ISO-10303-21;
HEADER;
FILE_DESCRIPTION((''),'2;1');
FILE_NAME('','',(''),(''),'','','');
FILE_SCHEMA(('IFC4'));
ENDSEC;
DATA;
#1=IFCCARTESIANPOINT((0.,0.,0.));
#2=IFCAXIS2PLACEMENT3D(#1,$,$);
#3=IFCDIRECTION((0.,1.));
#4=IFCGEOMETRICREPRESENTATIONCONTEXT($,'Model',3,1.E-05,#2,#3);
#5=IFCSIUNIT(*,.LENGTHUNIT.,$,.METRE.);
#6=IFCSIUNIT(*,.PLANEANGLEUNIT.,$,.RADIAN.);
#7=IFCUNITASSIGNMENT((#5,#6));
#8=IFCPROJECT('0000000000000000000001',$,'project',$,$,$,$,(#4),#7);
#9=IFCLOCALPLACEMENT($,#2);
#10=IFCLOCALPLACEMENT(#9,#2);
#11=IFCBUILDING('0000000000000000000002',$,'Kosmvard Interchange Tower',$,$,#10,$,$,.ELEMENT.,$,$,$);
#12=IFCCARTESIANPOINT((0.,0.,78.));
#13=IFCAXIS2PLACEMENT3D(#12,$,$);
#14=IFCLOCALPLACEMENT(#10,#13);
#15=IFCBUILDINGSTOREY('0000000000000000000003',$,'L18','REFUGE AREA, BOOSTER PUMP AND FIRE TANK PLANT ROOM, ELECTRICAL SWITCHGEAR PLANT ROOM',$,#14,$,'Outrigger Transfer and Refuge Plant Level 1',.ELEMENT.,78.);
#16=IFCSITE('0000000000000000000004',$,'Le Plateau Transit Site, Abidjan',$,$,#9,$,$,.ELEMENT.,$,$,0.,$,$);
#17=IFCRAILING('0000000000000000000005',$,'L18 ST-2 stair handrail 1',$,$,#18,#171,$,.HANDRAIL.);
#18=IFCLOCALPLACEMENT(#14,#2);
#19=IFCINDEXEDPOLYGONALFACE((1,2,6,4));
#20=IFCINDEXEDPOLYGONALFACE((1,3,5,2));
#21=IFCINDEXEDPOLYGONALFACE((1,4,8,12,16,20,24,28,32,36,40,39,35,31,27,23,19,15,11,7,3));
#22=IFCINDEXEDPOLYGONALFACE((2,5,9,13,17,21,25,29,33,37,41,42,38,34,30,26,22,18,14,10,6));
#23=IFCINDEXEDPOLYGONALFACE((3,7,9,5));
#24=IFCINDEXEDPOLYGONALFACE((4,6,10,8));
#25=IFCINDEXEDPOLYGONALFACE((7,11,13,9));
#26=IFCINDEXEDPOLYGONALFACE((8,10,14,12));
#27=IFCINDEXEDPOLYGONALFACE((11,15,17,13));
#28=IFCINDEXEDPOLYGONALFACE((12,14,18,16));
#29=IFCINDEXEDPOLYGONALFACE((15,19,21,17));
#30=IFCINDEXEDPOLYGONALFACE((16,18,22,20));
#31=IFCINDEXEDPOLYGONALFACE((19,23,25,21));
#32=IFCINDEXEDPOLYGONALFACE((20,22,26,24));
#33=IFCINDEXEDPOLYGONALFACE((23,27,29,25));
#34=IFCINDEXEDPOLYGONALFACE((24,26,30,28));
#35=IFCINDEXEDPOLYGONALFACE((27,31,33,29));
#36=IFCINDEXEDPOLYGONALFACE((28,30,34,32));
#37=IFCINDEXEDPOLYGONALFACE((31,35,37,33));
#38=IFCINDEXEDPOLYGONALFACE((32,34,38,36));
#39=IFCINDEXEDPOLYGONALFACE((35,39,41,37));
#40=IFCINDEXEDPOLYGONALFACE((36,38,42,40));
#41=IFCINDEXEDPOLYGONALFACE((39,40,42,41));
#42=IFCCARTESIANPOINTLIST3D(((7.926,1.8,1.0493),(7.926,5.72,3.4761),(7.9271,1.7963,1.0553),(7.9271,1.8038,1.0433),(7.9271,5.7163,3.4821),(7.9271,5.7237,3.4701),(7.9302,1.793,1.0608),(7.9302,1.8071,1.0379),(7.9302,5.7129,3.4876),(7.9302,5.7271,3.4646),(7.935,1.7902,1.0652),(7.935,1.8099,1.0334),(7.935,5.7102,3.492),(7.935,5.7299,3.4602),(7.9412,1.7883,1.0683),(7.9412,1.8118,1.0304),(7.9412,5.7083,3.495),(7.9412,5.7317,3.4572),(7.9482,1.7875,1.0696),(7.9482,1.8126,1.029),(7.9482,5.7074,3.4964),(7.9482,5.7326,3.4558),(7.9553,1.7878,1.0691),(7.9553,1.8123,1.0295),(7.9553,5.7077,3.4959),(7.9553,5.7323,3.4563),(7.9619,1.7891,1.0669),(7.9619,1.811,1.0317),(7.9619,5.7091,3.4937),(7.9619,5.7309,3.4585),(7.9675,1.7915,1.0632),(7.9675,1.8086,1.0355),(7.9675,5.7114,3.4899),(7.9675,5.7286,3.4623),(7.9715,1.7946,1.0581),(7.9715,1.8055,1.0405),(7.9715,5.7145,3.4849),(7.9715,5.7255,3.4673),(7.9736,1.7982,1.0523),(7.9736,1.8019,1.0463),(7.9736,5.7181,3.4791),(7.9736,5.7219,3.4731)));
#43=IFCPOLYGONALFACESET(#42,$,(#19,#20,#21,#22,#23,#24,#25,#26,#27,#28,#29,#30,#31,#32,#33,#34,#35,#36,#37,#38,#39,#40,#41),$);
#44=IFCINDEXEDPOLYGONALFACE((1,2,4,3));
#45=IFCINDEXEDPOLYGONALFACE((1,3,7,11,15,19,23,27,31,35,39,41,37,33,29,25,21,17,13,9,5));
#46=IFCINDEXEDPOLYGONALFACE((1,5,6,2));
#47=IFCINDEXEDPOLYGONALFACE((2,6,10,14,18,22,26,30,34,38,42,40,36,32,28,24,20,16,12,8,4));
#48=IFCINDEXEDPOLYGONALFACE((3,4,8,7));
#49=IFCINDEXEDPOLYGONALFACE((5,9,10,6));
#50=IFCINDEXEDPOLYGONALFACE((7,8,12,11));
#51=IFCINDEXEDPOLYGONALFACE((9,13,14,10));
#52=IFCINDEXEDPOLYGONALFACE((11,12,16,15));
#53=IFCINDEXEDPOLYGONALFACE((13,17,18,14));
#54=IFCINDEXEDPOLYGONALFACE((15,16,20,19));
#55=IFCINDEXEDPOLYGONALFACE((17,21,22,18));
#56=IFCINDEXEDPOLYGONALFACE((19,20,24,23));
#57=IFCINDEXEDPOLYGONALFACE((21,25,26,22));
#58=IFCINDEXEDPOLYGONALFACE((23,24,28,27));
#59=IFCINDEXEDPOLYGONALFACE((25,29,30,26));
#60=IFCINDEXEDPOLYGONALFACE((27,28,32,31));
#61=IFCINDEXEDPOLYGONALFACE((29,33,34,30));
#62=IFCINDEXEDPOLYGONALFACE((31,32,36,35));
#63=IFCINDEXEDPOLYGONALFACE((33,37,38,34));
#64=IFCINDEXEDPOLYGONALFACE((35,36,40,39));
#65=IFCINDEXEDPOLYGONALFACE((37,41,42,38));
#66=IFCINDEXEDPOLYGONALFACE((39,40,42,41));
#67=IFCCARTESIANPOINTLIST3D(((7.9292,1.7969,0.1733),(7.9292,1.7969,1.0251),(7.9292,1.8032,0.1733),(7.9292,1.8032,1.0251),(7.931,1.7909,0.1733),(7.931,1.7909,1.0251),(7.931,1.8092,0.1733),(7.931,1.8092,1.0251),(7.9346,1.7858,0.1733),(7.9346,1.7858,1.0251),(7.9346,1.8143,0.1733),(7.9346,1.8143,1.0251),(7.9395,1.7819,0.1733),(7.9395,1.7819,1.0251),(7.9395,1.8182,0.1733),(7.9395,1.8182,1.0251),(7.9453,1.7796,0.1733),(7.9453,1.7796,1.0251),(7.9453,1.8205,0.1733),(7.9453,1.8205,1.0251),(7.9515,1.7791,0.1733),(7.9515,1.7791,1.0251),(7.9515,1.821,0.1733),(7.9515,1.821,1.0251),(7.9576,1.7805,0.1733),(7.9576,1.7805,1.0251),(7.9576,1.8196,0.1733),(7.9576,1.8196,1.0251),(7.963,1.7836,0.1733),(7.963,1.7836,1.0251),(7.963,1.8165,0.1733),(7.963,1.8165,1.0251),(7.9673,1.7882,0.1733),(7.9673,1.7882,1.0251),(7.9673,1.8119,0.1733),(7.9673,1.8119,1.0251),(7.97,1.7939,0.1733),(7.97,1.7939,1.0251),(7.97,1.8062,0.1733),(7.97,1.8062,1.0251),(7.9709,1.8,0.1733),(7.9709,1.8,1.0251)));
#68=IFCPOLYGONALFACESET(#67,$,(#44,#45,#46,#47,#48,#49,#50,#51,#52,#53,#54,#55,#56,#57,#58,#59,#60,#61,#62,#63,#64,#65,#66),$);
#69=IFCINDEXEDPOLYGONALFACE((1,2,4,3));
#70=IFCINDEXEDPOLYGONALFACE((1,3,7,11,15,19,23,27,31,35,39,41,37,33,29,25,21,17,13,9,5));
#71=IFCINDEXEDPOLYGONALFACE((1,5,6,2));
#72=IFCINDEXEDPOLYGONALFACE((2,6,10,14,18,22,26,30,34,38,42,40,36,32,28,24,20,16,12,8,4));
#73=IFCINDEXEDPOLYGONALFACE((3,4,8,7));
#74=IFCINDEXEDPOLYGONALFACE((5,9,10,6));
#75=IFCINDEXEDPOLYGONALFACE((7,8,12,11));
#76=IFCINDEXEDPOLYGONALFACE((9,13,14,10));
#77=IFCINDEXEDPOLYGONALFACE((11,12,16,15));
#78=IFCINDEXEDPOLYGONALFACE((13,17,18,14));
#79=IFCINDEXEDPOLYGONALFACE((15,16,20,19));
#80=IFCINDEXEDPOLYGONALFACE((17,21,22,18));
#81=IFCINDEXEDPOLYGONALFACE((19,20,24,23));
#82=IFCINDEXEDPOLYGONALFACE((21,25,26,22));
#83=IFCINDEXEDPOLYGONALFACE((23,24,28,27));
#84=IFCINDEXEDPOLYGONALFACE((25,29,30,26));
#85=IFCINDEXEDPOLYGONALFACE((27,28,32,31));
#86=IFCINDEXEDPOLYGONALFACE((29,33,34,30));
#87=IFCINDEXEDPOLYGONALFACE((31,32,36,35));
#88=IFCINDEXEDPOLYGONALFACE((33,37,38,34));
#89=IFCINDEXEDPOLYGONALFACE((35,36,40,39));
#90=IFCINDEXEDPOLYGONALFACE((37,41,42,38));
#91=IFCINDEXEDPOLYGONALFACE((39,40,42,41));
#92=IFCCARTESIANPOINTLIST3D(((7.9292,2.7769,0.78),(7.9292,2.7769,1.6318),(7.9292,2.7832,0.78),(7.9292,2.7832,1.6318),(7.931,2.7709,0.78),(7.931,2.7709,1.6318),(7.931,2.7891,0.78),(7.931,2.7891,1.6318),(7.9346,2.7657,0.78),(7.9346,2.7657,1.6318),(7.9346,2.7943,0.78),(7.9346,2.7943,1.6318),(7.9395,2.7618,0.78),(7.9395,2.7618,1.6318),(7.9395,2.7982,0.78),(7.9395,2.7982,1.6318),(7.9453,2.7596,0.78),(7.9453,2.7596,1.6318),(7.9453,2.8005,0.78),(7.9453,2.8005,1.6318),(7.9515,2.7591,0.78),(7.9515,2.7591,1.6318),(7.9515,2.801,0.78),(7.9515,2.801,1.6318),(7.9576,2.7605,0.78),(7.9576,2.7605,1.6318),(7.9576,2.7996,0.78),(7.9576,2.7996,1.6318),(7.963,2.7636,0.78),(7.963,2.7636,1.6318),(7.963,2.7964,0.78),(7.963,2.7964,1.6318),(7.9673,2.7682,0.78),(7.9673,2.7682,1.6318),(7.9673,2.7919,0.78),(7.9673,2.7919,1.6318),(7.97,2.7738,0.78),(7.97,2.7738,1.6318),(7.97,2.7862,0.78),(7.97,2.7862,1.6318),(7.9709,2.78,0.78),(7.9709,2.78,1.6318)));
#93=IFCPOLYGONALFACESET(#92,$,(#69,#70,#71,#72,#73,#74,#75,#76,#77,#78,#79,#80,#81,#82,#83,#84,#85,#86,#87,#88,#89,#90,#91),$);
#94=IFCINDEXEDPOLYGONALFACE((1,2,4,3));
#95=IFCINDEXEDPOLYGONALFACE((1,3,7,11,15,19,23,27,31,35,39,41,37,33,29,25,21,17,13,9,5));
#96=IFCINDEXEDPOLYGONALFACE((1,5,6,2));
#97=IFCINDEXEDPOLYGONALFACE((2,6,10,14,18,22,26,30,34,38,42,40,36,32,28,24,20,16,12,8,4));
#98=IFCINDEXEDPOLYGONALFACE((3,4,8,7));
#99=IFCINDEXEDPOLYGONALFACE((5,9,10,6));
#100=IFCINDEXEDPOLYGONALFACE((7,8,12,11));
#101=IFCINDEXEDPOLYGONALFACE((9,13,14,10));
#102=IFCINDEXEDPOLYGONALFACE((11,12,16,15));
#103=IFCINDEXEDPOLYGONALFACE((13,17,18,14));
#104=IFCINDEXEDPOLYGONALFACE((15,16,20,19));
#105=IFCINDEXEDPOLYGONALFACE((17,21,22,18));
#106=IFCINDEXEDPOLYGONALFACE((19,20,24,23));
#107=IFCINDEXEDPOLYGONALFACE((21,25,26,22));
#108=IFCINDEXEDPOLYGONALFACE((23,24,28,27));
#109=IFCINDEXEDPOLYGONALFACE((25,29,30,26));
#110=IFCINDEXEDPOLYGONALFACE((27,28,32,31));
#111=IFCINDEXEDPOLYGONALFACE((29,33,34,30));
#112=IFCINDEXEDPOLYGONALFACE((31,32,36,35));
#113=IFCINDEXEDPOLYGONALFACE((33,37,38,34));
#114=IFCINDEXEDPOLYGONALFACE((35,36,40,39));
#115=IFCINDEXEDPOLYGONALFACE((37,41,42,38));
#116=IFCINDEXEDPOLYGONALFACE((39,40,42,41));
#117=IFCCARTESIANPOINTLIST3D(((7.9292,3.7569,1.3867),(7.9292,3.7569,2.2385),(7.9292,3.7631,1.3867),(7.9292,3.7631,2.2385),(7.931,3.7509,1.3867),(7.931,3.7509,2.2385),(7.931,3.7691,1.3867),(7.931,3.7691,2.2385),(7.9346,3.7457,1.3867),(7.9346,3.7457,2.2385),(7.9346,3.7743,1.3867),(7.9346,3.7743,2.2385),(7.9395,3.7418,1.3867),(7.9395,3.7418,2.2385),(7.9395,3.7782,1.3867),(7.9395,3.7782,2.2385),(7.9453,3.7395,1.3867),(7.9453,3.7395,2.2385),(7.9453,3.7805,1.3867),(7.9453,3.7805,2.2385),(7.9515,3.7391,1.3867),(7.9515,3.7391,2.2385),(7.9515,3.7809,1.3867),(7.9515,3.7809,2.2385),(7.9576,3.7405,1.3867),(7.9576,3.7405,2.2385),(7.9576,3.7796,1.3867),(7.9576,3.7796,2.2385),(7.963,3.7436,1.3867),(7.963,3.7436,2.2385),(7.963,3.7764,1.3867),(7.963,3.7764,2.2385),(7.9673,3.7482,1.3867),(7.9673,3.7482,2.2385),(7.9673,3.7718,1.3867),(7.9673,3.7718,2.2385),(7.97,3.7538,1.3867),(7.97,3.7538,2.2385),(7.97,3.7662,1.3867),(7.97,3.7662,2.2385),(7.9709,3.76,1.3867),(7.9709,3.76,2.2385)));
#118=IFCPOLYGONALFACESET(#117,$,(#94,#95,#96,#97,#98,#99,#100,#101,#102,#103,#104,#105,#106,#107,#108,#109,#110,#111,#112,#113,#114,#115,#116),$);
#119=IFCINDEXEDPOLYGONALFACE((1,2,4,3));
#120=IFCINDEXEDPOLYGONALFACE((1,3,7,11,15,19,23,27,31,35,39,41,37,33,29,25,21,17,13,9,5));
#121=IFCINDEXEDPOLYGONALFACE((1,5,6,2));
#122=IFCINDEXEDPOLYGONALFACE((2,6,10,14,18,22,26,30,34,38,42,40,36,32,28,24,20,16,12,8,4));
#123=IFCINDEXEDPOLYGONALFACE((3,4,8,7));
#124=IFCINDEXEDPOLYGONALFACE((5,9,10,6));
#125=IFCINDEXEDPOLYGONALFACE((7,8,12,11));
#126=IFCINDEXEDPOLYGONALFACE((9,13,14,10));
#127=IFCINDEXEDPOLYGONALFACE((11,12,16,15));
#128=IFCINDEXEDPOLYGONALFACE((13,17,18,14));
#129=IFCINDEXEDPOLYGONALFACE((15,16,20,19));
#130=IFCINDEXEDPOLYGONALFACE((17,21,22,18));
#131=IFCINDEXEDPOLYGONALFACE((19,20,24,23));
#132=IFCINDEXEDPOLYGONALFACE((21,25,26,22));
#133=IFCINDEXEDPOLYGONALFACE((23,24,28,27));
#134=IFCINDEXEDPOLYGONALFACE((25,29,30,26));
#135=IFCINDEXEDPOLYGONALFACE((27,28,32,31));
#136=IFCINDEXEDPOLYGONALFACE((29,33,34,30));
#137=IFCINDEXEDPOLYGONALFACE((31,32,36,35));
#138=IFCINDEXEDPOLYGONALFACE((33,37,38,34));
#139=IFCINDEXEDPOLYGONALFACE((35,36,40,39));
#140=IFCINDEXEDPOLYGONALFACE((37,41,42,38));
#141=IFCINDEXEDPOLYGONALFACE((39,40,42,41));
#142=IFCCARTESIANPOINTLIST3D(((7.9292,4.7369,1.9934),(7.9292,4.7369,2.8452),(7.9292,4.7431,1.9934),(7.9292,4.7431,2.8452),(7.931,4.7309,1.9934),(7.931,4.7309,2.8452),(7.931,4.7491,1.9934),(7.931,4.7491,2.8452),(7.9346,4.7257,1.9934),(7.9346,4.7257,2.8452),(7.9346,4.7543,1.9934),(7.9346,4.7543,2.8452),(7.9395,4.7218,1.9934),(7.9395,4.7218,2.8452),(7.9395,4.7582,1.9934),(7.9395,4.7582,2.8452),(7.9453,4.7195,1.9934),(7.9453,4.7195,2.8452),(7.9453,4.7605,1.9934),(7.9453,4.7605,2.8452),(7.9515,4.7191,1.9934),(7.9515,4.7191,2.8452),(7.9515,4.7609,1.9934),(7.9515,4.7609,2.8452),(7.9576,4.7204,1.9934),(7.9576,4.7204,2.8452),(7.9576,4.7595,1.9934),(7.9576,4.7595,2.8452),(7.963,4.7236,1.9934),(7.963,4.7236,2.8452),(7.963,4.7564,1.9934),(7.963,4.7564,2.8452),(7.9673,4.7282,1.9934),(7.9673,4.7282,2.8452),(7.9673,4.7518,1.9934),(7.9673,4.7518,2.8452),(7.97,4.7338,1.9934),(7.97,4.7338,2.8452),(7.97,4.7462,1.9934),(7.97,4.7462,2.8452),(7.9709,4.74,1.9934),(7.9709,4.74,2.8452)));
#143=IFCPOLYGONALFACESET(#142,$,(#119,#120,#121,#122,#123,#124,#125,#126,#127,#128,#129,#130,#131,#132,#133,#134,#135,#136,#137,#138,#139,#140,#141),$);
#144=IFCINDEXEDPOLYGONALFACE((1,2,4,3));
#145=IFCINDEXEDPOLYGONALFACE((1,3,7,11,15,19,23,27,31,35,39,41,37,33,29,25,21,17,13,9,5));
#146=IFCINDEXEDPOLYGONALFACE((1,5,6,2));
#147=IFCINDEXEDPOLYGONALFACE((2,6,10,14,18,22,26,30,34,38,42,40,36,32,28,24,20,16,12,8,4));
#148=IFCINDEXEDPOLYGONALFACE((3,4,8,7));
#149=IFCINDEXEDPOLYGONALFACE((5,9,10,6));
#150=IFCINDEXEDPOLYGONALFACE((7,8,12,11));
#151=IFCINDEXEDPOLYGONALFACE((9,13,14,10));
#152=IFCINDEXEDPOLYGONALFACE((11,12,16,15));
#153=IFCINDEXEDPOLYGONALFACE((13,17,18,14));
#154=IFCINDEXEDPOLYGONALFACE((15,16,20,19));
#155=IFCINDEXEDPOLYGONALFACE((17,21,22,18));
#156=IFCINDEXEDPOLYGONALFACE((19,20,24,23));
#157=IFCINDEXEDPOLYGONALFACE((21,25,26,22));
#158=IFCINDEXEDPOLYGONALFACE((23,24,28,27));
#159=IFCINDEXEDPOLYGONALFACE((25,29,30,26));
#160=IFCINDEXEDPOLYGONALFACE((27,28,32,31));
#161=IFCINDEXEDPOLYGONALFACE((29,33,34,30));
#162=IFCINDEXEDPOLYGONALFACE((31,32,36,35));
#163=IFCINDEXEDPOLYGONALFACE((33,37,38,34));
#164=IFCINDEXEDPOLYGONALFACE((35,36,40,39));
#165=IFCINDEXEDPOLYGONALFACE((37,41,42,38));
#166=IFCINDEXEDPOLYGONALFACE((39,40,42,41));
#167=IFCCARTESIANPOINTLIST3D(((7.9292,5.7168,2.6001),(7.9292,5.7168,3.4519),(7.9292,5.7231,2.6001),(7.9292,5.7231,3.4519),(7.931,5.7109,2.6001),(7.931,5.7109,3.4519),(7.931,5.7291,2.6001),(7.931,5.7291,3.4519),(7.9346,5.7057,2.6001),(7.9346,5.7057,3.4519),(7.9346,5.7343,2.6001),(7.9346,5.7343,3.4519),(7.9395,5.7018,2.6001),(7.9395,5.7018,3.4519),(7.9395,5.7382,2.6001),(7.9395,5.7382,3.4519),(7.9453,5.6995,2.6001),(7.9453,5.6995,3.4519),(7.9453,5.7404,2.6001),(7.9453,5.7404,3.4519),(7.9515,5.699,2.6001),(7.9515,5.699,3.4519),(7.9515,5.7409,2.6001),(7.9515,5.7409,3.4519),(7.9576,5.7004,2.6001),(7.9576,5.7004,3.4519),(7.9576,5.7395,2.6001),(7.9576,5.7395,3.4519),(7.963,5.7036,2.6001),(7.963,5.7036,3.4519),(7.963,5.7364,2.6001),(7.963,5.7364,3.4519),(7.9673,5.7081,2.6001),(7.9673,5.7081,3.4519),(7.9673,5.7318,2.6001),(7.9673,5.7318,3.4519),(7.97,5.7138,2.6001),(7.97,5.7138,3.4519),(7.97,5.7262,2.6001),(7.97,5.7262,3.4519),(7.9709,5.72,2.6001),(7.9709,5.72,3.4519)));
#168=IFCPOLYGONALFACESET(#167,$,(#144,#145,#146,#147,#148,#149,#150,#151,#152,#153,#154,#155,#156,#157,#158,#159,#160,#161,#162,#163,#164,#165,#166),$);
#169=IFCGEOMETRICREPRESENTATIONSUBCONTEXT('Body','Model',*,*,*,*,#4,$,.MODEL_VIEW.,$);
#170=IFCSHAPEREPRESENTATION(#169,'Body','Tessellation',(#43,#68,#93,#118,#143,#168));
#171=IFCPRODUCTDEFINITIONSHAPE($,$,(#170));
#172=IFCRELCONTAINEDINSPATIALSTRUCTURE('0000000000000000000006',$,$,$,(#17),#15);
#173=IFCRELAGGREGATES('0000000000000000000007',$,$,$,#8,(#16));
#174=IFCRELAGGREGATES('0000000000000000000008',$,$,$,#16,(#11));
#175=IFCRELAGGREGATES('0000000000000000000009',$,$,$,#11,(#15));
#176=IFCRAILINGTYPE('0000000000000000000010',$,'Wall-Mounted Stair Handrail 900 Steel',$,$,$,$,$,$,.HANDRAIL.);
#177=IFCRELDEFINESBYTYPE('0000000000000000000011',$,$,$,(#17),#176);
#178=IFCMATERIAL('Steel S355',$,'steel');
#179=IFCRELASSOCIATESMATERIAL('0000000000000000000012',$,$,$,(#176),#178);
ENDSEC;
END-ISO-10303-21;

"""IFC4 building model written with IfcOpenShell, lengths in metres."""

from ifc_helpers import new_model, si_unit, direction, frame, origin, origin_2d, place, context, subcontext, project, spatial, circle, extrude, source, transform, mapped, material, type_object, element, save


model = new_model("IFC4")

# Units and contexts
model_context = context("Model", 3, precision=1e-05, world=origin(), true_north=direction((0.0, 1.0)))
body_context = subcontext(model_context, "Body", "Model", "MODEL_VIEW")
ifc_project = project(units=[si_unit("LENGTHUNIT", "METRE"), si_unit("PLANEANGLEUNIT", "RADIAN")], contexts=[model_context])

# Site, building, storey
site_placement = place(None, origin())
site = spatial("IfcSite", under=ifc_project, at=site_placement, Name="Le Plateau Transit Site, Abidjan", CompositionType="ELEMENT", RefElevation=0.0)
building_placement = place(site_placement, origin())
building = spatial("IfcBuilding", under=site, at=building_placement, Name="Kosmvard Interchange Tower", CompositionType="ELEMENT")
storey_placement = place(building_placement, frame((0.0, 0.0, 78.0)))
storey = spatial("IfcBuildingStorey", under=building, at=storey_placement, Name="L18", Description="REFUGE AREA, BOOSTER PUMP AND FIRE TANK PLANT ROOM, ELECTRICAL SWITCHGEAR PLANT ROOM", LongName="Outrigger Transfer and Refuge Plant Level 1", CompositionType="ELEMENT", Elevation=78.0)

# Railing
ifc_material_1 = material(Name="Steel S355", Category="steel")
railing_type_1 = type_object("IfcRailingType", Name="Wall-Mounted Stair Handrail 900 Steel", PredefinedType="HANDRAIL", material=ifc_material_1)
shared_shape_1 = source(origin(), body_context, "Body", "SweptSolid", [
    extrude(circle(Radius=0.0239, at=origin_2d()), frame((0.0, 0.0, 0.876), z_axis=(0.0, 0.850252, 0.526376), x_axis=(-1.0, 0.0, 0.0)), (0.0, 0.0, 1.0), 4.6104),
    extrude(circle(Radius=0.021, at=origin_2d()), origin(), (0.0, 0.0, 1.0), 0.8518),
    extrude(circle(Radius=0.021, at=origin_2d()), frame((0.0, 0.98, 0.6067)), (0.0, 0.0, 1.0), 0.8518),
    extrude(circle(Radius=0.021, at=origin_2d()), frame((0.0, 1.96, 1.2134)), (0.0, 0.0, 1.0), 0.8518),
    extrude(circle(Radius=0.021, at=origin_2d()), frame((0.0, 2.9399, 1.8201)), (0.0, 0.0, 1.0), 0.8518),
    extrude(circle(Radius=0.021, at=origin_2d()), frame((0.0, 3.9199, 2.4268)), (0.0, 0.0, 1.0), 0.8518),
])
railing_1_placement = place(storey_placement, frame((7.95, 1.8, 0.1733)))
element("IfcRailing", 1, at=railing_1_placement, inside=storey, type_object=railing_type_1, Name="L18 ST-2 stair handrail 1", PredefinedType="HANDRAIL", context=body_context, shape_type="MappedRepresentation", body=[
    mapped(shared_shape_1, transform((0.0, 0.0, 0.0), scale=1.0)),
])

save(model, "model.ifc")
